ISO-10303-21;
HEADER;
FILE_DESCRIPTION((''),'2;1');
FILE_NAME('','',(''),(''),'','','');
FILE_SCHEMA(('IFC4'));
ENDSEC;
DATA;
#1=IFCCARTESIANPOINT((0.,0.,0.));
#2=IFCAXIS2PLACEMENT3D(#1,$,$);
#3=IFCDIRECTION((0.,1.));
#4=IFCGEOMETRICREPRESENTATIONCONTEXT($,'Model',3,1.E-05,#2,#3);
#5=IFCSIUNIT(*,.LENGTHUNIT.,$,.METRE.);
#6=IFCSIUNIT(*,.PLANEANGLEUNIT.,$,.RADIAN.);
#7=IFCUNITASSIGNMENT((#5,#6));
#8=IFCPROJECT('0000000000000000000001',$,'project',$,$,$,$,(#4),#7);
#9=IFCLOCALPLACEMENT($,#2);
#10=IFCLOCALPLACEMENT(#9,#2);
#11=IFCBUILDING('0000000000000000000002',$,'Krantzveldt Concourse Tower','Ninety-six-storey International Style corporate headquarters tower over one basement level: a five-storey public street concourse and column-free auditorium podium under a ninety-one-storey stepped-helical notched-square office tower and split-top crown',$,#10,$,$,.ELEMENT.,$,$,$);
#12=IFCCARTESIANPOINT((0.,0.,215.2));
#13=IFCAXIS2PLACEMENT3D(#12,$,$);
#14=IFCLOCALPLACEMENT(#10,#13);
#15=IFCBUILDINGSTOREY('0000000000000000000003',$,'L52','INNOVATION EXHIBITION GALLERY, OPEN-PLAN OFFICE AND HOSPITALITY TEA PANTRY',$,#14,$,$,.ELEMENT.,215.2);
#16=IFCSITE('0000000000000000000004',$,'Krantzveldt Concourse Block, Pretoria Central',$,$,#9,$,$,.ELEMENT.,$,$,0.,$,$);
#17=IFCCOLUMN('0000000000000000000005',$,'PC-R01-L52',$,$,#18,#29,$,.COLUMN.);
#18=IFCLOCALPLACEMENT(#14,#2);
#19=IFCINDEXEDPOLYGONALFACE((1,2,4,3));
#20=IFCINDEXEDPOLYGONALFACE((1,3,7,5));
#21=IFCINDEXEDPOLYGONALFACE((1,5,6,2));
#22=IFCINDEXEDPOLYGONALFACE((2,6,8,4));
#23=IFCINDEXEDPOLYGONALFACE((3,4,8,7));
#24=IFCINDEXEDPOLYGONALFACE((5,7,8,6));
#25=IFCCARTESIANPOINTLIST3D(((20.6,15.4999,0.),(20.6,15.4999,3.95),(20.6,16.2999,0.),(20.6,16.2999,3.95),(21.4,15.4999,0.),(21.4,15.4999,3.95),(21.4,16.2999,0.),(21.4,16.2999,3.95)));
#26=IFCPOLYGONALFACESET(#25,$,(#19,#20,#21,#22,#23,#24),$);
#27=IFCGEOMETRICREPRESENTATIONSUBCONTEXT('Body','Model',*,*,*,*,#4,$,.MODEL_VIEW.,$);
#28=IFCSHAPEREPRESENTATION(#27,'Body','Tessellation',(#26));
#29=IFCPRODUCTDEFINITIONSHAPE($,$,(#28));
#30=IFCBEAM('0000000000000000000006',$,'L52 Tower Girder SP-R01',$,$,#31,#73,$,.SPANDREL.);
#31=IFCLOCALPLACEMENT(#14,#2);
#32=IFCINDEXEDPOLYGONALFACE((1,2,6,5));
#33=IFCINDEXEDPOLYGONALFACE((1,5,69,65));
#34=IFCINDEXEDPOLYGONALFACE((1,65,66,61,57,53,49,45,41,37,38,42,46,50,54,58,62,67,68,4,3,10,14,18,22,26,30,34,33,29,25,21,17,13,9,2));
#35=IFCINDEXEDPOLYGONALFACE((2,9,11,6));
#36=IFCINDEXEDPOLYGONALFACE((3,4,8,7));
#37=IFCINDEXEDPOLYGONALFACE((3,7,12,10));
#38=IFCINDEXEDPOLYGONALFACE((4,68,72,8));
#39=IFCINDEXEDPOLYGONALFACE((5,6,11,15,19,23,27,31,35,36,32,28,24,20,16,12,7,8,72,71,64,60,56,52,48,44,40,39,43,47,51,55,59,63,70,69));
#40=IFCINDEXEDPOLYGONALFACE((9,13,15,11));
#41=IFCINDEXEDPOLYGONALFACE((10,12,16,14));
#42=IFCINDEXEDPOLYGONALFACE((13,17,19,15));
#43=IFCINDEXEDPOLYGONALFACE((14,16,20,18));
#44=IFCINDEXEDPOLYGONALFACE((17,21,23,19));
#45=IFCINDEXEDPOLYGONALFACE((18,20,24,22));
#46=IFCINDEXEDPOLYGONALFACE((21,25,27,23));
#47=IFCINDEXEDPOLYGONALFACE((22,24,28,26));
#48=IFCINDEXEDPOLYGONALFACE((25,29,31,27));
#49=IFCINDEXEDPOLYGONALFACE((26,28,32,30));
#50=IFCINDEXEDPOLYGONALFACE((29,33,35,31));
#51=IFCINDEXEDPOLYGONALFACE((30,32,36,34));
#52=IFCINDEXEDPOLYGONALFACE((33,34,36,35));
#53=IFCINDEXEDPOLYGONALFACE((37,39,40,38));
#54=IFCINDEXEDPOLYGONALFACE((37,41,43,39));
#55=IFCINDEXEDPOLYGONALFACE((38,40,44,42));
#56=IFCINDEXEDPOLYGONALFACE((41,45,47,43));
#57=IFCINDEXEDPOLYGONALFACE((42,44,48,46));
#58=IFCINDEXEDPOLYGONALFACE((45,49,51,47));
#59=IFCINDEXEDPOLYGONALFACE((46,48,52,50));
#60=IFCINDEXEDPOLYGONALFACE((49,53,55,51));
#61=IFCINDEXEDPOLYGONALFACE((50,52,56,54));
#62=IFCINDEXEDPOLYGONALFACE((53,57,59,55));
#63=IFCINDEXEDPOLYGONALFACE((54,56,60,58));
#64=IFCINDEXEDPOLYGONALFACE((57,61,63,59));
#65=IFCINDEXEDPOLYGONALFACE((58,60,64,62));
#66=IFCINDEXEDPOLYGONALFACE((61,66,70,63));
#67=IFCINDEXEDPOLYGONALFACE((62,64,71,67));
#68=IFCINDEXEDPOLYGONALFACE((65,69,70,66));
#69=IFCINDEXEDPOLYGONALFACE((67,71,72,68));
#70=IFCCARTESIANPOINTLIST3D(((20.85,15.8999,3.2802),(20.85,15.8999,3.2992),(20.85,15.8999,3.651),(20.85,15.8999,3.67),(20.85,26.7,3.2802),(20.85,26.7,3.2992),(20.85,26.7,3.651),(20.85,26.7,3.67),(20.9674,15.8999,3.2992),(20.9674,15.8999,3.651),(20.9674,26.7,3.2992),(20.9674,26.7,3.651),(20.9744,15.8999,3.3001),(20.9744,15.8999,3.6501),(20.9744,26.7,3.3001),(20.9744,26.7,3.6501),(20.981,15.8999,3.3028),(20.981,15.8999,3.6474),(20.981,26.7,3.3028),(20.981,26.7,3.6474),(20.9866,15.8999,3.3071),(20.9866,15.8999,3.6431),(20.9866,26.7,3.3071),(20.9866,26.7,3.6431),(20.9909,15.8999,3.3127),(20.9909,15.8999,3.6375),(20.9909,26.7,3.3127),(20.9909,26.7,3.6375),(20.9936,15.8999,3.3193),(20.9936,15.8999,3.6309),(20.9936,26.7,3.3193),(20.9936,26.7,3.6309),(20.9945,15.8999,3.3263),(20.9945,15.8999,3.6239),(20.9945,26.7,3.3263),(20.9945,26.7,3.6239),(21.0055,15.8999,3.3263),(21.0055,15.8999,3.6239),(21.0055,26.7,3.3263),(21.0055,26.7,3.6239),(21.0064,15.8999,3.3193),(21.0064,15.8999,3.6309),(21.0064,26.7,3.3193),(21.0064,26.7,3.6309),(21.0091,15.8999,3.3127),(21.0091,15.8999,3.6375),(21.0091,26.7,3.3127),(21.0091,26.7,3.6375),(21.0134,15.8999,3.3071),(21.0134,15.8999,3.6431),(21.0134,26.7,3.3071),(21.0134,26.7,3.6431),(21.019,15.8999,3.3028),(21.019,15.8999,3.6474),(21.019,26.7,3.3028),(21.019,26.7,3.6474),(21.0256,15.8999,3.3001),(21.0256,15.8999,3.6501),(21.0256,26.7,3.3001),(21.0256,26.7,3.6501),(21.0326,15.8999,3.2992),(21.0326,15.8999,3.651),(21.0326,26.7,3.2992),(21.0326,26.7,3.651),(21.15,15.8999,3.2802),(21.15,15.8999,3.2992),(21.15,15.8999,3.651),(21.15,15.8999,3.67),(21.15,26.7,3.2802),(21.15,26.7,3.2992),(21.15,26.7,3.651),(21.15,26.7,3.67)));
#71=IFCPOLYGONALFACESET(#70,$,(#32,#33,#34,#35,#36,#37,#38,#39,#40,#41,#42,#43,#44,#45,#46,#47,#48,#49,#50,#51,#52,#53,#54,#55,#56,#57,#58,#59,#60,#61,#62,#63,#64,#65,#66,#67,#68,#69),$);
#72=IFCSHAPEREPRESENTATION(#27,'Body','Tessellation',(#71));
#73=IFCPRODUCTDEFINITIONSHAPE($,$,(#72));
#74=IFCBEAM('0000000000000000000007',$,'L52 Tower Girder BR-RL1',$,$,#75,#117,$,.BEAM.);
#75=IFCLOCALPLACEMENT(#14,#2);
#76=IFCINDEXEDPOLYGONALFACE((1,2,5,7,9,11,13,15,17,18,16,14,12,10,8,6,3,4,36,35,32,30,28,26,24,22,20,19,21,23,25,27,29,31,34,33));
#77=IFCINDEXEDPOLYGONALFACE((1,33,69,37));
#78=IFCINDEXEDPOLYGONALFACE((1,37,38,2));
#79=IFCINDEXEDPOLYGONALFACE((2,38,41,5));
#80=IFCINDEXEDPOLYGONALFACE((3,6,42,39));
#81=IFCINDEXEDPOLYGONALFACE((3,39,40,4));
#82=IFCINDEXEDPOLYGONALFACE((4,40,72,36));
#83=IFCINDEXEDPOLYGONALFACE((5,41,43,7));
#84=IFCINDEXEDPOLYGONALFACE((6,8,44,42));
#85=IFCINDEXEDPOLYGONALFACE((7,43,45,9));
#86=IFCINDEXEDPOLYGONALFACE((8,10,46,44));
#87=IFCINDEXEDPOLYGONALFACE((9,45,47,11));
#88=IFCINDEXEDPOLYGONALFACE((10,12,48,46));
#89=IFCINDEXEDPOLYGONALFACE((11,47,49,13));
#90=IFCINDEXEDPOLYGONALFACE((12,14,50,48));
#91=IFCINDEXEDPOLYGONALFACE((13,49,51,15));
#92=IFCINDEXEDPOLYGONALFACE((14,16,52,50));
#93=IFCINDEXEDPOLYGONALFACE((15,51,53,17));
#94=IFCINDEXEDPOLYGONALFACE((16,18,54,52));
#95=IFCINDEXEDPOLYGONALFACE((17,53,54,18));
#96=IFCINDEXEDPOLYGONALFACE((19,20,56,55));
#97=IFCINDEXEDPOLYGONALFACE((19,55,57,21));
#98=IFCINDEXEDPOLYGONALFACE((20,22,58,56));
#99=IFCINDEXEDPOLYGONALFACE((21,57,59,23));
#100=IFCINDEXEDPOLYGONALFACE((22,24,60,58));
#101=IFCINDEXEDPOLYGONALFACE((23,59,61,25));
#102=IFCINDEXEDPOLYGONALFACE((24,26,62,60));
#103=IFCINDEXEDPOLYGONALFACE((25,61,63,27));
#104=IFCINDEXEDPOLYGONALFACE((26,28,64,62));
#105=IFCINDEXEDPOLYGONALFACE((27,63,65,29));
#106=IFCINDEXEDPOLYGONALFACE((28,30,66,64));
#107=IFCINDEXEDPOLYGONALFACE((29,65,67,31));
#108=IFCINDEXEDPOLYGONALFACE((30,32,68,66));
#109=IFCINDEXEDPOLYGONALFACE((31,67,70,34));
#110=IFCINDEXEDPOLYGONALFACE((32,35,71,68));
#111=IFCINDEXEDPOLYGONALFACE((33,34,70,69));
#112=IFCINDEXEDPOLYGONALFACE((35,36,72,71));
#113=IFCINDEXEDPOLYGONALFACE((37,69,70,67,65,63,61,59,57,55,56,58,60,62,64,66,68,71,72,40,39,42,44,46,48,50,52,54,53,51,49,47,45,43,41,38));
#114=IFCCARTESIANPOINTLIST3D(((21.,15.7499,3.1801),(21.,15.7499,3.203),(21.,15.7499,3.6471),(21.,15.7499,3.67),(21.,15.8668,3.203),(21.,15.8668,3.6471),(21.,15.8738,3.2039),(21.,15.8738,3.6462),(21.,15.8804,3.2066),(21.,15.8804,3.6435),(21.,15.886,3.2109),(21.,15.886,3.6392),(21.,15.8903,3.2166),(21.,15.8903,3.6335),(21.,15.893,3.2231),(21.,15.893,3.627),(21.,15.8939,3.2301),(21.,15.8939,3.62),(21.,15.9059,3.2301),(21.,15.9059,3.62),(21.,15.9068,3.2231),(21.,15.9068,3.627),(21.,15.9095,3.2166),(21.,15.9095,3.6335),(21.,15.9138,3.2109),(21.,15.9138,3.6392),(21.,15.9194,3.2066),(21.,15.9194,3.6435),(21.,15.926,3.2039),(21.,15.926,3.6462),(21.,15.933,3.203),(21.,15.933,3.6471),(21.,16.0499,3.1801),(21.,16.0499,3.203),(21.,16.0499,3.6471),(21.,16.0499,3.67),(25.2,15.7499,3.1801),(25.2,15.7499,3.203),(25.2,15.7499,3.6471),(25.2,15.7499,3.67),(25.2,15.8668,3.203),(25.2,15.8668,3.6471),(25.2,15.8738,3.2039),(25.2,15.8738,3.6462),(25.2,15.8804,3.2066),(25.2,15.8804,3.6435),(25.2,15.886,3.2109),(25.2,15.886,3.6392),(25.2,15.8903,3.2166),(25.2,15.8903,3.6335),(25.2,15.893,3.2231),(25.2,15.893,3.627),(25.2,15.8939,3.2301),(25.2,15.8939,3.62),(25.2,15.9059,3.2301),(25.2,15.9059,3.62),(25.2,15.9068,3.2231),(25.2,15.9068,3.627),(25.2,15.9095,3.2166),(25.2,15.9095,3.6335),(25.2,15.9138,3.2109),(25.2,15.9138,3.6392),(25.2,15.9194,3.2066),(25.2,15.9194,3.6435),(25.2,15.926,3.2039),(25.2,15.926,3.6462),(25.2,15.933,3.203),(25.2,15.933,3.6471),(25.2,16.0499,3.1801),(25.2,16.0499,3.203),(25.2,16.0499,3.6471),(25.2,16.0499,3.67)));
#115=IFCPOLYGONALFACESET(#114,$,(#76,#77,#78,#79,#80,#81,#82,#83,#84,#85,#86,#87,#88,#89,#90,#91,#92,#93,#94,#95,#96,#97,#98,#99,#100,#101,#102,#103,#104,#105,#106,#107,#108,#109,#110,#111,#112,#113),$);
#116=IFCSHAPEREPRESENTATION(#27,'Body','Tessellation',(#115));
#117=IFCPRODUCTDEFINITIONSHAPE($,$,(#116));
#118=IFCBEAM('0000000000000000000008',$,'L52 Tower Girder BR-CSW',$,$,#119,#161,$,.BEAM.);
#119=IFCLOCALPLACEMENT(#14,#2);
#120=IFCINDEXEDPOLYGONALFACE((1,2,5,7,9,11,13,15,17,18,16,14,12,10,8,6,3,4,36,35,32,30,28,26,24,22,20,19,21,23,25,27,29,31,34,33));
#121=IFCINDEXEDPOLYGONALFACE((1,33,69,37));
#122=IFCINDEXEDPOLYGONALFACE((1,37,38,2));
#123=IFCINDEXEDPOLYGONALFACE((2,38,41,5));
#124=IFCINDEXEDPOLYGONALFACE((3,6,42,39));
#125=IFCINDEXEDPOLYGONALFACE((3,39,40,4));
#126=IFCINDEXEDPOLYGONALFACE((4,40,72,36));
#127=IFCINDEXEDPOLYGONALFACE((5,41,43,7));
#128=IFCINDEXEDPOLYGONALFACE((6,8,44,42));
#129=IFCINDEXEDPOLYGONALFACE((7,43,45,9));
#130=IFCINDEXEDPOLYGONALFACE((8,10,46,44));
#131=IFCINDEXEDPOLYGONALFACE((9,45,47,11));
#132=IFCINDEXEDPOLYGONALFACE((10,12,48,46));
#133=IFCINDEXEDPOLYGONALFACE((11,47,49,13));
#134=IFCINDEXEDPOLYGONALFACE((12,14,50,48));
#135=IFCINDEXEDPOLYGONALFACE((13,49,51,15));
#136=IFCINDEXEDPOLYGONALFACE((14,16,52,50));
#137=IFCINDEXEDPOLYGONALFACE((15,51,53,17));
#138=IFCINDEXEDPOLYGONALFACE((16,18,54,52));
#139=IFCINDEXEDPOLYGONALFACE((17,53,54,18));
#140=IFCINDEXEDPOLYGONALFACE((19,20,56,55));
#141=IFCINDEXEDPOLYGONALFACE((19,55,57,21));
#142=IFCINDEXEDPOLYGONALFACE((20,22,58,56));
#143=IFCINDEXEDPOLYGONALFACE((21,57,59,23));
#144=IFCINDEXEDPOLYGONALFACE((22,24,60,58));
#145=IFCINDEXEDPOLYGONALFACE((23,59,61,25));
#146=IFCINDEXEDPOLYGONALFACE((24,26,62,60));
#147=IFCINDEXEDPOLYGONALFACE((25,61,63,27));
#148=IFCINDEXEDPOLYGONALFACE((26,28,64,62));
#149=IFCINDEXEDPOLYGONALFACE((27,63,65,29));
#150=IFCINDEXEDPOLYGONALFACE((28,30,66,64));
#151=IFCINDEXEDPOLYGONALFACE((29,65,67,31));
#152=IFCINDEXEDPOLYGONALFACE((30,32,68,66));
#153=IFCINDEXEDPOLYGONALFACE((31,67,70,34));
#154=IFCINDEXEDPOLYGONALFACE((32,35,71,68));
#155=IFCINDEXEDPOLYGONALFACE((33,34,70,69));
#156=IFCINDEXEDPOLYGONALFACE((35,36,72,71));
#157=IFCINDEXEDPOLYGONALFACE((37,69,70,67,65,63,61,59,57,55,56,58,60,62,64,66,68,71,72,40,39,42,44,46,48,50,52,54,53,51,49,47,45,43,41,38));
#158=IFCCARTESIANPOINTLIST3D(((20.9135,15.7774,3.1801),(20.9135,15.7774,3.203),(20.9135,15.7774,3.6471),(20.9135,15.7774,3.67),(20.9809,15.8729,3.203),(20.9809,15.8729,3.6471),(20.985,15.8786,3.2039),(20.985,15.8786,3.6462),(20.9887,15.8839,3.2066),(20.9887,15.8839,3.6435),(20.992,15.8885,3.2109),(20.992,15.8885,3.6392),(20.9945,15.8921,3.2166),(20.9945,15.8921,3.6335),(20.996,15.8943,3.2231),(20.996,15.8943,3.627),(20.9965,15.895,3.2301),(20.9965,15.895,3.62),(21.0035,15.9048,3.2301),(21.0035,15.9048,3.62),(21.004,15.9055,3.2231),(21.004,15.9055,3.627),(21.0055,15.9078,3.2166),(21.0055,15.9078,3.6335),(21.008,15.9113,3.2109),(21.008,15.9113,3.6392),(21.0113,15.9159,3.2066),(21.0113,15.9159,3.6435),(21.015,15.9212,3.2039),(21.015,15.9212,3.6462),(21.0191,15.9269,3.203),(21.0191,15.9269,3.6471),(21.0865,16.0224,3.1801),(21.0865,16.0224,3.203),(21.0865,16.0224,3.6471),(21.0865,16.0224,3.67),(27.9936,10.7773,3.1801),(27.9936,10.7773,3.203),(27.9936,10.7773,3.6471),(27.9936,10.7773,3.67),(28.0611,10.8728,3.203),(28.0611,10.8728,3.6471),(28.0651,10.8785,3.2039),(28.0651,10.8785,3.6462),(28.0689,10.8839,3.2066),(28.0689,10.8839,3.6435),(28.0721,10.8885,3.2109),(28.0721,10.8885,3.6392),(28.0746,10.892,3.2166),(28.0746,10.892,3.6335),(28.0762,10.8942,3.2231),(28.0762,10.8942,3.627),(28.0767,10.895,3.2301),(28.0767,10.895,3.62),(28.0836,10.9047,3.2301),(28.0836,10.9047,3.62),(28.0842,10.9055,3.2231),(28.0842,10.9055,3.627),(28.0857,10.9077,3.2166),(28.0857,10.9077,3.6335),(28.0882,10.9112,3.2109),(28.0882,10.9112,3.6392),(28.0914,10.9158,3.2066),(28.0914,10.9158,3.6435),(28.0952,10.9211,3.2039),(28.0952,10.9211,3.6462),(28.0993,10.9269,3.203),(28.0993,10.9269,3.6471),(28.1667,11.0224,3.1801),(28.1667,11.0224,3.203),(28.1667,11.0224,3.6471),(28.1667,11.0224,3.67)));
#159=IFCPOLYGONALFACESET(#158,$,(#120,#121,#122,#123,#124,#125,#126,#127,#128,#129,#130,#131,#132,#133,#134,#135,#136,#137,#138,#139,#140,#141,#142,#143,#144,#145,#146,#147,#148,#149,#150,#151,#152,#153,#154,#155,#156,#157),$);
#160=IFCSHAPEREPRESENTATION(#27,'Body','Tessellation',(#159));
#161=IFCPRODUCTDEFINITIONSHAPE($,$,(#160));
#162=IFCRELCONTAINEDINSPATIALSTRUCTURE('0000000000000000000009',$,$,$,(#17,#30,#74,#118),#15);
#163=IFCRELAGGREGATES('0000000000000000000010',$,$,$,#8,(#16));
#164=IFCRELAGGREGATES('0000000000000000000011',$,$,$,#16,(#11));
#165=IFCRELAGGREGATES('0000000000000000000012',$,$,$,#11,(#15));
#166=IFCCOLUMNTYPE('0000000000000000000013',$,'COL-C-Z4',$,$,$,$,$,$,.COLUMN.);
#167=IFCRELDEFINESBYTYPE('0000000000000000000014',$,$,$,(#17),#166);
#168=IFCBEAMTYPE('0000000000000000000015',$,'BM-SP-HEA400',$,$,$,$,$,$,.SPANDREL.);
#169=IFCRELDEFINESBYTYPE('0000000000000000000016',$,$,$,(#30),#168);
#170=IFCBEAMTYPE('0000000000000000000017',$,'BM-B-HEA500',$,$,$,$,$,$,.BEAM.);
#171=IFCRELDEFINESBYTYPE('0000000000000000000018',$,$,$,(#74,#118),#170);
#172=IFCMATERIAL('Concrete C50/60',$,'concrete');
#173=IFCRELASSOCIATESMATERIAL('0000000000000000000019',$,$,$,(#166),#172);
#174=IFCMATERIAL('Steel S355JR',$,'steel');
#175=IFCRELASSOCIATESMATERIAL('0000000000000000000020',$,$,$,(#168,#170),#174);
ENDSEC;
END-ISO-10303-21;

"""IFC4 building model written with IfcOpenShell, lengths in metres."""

from ifc_helpers import new_model, si_unit, direction, frame, origin, origin_2d, place, context, subcontext, project, spatial, rectangle, i_section, extrude, source, transform, mapped, material, material_profile, profile_set, type_object, type_shapes, element, save


model = new_model("IFC4")

# Units and contexts
model_context = context("Model", 3, precision=1e-05, world=origin(), true_north=direction((0.0, 1.0)))
body_context = subcontext(model_context, "Body", "Model", "MODEL_VIEW")
ifc_project = project(units=[si_unit("LENGTHUNIT", "METRE"), si_unit("PLANEANGLEUNIT", "RADIAN")], contexts=[model_context])

# Site, building, storey
site_placement = place(None, origin())
site = spatial("IfcSite", under=ifc_project, at=site_placement, Name="Krantzveldt Concourse Block, Pretoria Central", CompositionType="ELEMENT", RefElevation=0.0)
building_placement = place(site_placement, origin())
building = spatial("IfcBuilding", under=site, at=building_placement, Name="Krantzveldt Concourse Tower", Description="Ninety-six-storey International Style corporate headquarters tower over one basement level: a five-storey public street concourse and column-free auditorium podium under a ninety-one-storey stepped-helical notched-square office tower and split-top crown", CompositionType="ELEMENT")
storey_placement = place(building_placement, frame((0.0, 0.0, 215.2)))
storey = spatial("IfcBuildingStorey", under=building, at=storey_placement, Name="L52", Description="INNOVATION EXHIBITION GALLERY, OPEN-PLAN OFFICE AND HOSPITALITY TEA PANTRY", CompositionType="ELEMENT", Elevation=215.2)

# Column
ifc_material_1 = material(Name="Concrete C50/60", Category="concrete")
ifc_material_profile_1 = material_profile(ifc_material_1, rectangle(XDim=0.8, YDim=0.8, at=origin_2d()), Name="Concrete C50/60", Category="concrete")
ifc_profile_set_1 = profile_set([ifc_material_profile_1], Name="Concrete C50/60 - RC 800x800")
column_type = type_object("IfcColumnType", Name="COL-C-Z4", PredefinedType="COLUMN", material=ifc_profile_set_1)
shared_shape_1 = source(origin(), body_context, "Body", "SweptSolid", [
    extrude(rectangle(XDim=0.8, YDim=0.8, at=origin_2d()), origin(), (0.0, 0.0, 1.0), 3.95),
])
type_shapes(column_type, [shared_shape_1])
column_placement = place(storey_placement, frame((21.0, 15.8999, 0.0), z_axis=(0.0, 0.0, 1.0), x_axis=(1.0, 0.0, 0.0)))
element("IfcColumn", 1, at=column_placement, inside=storey, type_object=column_type, Name="PC-R01-L52", PredefinedType="COLUMN", context=body_context, shape_type="MappedRepresentation", body=[
    mapped(shared_shape_1, transform((0.0, 0.0, 0.0), x_axis=(1.0, 0.0, 0.0), y_axis=(0.0, 1.0, 0.0), z_axis=(0.0, 0.0, 1.0), scale=1.0)),
])

# Beams
ifc_material_2 = material(Name="Steel S355JR", Category="steel")
ifc_material_profile_2 = material_profile(ifc_material_2, i_section(OverallWidth=0.3, OverallDepth=0.3899, WebThickness=0.011, FlangeThickness=0.019, FilletRadius=0.0271, at=origin_2d()), Name="Steel S355JR", Category="steel")
ifc_profile_set_2 = profile_set([ifc_material_profile_2], Name="Steel S355JR - HEA 400")
beam_type_1 = type_object("IfcBeamType", Name="BM-SP-HEA400", PredefinedType="SPANDREL", material=ifc_profile_set_2)
shared_shape_2 = source(origin(), body_context, "Body", "SweptSolid", [
    extrude(i_section(OverallWidth=0.3, OverallDepth=0.3899, WebThickness=0.011, FlangeThickness=0.019, FilletRadius=0.0271, at=origin_2d()), origin(), (0.0, 0.0, 1.0), 10.8),
])
type_shapes(beam_type_1, [shared_shape_2])
beam_1_placement = place(storey_placement, frame((21.0, 15.8999, 3.4751), z_axis=(0.0, 1.0, 0.0), x_axis=(-1.0, 0.0, 0.0)))
element("IfcBeam", 2, at=beam_1_placement, inside=storey, type_object=beam_type_1, Name="L52 Tower Girder SP-R01", PredefinedType="SPANDREL", context=body_context, shape_type="MappedRepresentation", body=[
    mapped(shared_shape_2, transform((0.0, 0.0, 0.0), x_axis=(1.0, 0.0, 0.0), y_axis=(0.0, 1.0, 0.0), z_axis=(0.0, 0.0, 1.0), scale=1.0)),
])
ifc_material_profile_3 = material_profile(ifc_material_2, i_section(OverallWidth=0.3, OverallDepth=0.49, WebThickness=0.012, FlangeThickness=0.0229, FilletRadius=0.0271, at=origin_2d()), Name="Steel S355JR", Category="steel")
ifc_profile_set_3 = profile_set([ifc_material_profile_3], Name="Steel S355JR - HEA 500")
beam_type_2 = type_object("IfcBeamType", Name="BM-B-HEA500", PredefinedType="BEAM", material=ifc_profile_set_3)
shared_shape_3 = source(origin(), body_context, "Body", "SweptSolid", [
    extrude(i_section(OverallWidth=0.3, OverallDepth=0.49, WebThickness=0.012, FlangeThickness=0.0229, FilletRadius=0.0271, at=origin_2d()), origin(), (0.0, 0.0, 1.0), 4.2),
])
beam_2_placement = place(storey_placement, frame((21.0, 15.8999, 3.425), z_axis=(1.0, 0.0, 0.0), x_axis=(0.0, 1.0, 0.0)))
element("IfcBeam", 3, at=beam_2_placement, inside=storey, type_object=beam_type_2, Name="L52 Tower Girder BR-RL1", PredefinedType="BEAM", context=body_context, shape_type="MappedRepresentation", body=[
    mapped(shared_shape_3, transform((0.0, 0.0, 0.0), x_axis=(1.0, 0.0, 0.0), y_axis=(0.0, 1.0, 0.0), z_axis=(0.0, 0.0, 1.0), scale=1.0)),
])
shared_shape_4 = source(origin(), body_context, "Body", "SweptSolid", [
    extrude(i_section(OverallWidth=0.3, OverallDepth=0.49, WebThickness=0.012, FlangeThickness=0.0229, FilletRadius=0.0271, at=origin_2d()), origin(), (0.0, 0.0, 1.0), 8.6677),
])
type_shapes(beam_type_2, [shared_shape_3, shared_shape_4])
beam_3_placement = place(storey_placement, frame((21.0, 15.8999, 3.425), z_axis=(0.816843, -0.57686, 0.0), x_axis=(0.57686, 0.816843, 0.0)))
element("IfcBeam", 4, at=beam_3_placement, inside=storey, type_object=beam_type_2, Name="L52 Tower Girder BR-CSW", PredefinedType="BEAM", context=body_context, shape_type="MappedRepresentation", body=[
    mapped(shared_shape_4, transform((0.0, 0.0, 0.0), x_axis=(1.0, 0.0, 0.0), y_axis=(0.0, 1.0, 0.0), z_axis=(0.0, 0.0, 1.0), scale=1.0)),
])

save(model, "model.ifc")
